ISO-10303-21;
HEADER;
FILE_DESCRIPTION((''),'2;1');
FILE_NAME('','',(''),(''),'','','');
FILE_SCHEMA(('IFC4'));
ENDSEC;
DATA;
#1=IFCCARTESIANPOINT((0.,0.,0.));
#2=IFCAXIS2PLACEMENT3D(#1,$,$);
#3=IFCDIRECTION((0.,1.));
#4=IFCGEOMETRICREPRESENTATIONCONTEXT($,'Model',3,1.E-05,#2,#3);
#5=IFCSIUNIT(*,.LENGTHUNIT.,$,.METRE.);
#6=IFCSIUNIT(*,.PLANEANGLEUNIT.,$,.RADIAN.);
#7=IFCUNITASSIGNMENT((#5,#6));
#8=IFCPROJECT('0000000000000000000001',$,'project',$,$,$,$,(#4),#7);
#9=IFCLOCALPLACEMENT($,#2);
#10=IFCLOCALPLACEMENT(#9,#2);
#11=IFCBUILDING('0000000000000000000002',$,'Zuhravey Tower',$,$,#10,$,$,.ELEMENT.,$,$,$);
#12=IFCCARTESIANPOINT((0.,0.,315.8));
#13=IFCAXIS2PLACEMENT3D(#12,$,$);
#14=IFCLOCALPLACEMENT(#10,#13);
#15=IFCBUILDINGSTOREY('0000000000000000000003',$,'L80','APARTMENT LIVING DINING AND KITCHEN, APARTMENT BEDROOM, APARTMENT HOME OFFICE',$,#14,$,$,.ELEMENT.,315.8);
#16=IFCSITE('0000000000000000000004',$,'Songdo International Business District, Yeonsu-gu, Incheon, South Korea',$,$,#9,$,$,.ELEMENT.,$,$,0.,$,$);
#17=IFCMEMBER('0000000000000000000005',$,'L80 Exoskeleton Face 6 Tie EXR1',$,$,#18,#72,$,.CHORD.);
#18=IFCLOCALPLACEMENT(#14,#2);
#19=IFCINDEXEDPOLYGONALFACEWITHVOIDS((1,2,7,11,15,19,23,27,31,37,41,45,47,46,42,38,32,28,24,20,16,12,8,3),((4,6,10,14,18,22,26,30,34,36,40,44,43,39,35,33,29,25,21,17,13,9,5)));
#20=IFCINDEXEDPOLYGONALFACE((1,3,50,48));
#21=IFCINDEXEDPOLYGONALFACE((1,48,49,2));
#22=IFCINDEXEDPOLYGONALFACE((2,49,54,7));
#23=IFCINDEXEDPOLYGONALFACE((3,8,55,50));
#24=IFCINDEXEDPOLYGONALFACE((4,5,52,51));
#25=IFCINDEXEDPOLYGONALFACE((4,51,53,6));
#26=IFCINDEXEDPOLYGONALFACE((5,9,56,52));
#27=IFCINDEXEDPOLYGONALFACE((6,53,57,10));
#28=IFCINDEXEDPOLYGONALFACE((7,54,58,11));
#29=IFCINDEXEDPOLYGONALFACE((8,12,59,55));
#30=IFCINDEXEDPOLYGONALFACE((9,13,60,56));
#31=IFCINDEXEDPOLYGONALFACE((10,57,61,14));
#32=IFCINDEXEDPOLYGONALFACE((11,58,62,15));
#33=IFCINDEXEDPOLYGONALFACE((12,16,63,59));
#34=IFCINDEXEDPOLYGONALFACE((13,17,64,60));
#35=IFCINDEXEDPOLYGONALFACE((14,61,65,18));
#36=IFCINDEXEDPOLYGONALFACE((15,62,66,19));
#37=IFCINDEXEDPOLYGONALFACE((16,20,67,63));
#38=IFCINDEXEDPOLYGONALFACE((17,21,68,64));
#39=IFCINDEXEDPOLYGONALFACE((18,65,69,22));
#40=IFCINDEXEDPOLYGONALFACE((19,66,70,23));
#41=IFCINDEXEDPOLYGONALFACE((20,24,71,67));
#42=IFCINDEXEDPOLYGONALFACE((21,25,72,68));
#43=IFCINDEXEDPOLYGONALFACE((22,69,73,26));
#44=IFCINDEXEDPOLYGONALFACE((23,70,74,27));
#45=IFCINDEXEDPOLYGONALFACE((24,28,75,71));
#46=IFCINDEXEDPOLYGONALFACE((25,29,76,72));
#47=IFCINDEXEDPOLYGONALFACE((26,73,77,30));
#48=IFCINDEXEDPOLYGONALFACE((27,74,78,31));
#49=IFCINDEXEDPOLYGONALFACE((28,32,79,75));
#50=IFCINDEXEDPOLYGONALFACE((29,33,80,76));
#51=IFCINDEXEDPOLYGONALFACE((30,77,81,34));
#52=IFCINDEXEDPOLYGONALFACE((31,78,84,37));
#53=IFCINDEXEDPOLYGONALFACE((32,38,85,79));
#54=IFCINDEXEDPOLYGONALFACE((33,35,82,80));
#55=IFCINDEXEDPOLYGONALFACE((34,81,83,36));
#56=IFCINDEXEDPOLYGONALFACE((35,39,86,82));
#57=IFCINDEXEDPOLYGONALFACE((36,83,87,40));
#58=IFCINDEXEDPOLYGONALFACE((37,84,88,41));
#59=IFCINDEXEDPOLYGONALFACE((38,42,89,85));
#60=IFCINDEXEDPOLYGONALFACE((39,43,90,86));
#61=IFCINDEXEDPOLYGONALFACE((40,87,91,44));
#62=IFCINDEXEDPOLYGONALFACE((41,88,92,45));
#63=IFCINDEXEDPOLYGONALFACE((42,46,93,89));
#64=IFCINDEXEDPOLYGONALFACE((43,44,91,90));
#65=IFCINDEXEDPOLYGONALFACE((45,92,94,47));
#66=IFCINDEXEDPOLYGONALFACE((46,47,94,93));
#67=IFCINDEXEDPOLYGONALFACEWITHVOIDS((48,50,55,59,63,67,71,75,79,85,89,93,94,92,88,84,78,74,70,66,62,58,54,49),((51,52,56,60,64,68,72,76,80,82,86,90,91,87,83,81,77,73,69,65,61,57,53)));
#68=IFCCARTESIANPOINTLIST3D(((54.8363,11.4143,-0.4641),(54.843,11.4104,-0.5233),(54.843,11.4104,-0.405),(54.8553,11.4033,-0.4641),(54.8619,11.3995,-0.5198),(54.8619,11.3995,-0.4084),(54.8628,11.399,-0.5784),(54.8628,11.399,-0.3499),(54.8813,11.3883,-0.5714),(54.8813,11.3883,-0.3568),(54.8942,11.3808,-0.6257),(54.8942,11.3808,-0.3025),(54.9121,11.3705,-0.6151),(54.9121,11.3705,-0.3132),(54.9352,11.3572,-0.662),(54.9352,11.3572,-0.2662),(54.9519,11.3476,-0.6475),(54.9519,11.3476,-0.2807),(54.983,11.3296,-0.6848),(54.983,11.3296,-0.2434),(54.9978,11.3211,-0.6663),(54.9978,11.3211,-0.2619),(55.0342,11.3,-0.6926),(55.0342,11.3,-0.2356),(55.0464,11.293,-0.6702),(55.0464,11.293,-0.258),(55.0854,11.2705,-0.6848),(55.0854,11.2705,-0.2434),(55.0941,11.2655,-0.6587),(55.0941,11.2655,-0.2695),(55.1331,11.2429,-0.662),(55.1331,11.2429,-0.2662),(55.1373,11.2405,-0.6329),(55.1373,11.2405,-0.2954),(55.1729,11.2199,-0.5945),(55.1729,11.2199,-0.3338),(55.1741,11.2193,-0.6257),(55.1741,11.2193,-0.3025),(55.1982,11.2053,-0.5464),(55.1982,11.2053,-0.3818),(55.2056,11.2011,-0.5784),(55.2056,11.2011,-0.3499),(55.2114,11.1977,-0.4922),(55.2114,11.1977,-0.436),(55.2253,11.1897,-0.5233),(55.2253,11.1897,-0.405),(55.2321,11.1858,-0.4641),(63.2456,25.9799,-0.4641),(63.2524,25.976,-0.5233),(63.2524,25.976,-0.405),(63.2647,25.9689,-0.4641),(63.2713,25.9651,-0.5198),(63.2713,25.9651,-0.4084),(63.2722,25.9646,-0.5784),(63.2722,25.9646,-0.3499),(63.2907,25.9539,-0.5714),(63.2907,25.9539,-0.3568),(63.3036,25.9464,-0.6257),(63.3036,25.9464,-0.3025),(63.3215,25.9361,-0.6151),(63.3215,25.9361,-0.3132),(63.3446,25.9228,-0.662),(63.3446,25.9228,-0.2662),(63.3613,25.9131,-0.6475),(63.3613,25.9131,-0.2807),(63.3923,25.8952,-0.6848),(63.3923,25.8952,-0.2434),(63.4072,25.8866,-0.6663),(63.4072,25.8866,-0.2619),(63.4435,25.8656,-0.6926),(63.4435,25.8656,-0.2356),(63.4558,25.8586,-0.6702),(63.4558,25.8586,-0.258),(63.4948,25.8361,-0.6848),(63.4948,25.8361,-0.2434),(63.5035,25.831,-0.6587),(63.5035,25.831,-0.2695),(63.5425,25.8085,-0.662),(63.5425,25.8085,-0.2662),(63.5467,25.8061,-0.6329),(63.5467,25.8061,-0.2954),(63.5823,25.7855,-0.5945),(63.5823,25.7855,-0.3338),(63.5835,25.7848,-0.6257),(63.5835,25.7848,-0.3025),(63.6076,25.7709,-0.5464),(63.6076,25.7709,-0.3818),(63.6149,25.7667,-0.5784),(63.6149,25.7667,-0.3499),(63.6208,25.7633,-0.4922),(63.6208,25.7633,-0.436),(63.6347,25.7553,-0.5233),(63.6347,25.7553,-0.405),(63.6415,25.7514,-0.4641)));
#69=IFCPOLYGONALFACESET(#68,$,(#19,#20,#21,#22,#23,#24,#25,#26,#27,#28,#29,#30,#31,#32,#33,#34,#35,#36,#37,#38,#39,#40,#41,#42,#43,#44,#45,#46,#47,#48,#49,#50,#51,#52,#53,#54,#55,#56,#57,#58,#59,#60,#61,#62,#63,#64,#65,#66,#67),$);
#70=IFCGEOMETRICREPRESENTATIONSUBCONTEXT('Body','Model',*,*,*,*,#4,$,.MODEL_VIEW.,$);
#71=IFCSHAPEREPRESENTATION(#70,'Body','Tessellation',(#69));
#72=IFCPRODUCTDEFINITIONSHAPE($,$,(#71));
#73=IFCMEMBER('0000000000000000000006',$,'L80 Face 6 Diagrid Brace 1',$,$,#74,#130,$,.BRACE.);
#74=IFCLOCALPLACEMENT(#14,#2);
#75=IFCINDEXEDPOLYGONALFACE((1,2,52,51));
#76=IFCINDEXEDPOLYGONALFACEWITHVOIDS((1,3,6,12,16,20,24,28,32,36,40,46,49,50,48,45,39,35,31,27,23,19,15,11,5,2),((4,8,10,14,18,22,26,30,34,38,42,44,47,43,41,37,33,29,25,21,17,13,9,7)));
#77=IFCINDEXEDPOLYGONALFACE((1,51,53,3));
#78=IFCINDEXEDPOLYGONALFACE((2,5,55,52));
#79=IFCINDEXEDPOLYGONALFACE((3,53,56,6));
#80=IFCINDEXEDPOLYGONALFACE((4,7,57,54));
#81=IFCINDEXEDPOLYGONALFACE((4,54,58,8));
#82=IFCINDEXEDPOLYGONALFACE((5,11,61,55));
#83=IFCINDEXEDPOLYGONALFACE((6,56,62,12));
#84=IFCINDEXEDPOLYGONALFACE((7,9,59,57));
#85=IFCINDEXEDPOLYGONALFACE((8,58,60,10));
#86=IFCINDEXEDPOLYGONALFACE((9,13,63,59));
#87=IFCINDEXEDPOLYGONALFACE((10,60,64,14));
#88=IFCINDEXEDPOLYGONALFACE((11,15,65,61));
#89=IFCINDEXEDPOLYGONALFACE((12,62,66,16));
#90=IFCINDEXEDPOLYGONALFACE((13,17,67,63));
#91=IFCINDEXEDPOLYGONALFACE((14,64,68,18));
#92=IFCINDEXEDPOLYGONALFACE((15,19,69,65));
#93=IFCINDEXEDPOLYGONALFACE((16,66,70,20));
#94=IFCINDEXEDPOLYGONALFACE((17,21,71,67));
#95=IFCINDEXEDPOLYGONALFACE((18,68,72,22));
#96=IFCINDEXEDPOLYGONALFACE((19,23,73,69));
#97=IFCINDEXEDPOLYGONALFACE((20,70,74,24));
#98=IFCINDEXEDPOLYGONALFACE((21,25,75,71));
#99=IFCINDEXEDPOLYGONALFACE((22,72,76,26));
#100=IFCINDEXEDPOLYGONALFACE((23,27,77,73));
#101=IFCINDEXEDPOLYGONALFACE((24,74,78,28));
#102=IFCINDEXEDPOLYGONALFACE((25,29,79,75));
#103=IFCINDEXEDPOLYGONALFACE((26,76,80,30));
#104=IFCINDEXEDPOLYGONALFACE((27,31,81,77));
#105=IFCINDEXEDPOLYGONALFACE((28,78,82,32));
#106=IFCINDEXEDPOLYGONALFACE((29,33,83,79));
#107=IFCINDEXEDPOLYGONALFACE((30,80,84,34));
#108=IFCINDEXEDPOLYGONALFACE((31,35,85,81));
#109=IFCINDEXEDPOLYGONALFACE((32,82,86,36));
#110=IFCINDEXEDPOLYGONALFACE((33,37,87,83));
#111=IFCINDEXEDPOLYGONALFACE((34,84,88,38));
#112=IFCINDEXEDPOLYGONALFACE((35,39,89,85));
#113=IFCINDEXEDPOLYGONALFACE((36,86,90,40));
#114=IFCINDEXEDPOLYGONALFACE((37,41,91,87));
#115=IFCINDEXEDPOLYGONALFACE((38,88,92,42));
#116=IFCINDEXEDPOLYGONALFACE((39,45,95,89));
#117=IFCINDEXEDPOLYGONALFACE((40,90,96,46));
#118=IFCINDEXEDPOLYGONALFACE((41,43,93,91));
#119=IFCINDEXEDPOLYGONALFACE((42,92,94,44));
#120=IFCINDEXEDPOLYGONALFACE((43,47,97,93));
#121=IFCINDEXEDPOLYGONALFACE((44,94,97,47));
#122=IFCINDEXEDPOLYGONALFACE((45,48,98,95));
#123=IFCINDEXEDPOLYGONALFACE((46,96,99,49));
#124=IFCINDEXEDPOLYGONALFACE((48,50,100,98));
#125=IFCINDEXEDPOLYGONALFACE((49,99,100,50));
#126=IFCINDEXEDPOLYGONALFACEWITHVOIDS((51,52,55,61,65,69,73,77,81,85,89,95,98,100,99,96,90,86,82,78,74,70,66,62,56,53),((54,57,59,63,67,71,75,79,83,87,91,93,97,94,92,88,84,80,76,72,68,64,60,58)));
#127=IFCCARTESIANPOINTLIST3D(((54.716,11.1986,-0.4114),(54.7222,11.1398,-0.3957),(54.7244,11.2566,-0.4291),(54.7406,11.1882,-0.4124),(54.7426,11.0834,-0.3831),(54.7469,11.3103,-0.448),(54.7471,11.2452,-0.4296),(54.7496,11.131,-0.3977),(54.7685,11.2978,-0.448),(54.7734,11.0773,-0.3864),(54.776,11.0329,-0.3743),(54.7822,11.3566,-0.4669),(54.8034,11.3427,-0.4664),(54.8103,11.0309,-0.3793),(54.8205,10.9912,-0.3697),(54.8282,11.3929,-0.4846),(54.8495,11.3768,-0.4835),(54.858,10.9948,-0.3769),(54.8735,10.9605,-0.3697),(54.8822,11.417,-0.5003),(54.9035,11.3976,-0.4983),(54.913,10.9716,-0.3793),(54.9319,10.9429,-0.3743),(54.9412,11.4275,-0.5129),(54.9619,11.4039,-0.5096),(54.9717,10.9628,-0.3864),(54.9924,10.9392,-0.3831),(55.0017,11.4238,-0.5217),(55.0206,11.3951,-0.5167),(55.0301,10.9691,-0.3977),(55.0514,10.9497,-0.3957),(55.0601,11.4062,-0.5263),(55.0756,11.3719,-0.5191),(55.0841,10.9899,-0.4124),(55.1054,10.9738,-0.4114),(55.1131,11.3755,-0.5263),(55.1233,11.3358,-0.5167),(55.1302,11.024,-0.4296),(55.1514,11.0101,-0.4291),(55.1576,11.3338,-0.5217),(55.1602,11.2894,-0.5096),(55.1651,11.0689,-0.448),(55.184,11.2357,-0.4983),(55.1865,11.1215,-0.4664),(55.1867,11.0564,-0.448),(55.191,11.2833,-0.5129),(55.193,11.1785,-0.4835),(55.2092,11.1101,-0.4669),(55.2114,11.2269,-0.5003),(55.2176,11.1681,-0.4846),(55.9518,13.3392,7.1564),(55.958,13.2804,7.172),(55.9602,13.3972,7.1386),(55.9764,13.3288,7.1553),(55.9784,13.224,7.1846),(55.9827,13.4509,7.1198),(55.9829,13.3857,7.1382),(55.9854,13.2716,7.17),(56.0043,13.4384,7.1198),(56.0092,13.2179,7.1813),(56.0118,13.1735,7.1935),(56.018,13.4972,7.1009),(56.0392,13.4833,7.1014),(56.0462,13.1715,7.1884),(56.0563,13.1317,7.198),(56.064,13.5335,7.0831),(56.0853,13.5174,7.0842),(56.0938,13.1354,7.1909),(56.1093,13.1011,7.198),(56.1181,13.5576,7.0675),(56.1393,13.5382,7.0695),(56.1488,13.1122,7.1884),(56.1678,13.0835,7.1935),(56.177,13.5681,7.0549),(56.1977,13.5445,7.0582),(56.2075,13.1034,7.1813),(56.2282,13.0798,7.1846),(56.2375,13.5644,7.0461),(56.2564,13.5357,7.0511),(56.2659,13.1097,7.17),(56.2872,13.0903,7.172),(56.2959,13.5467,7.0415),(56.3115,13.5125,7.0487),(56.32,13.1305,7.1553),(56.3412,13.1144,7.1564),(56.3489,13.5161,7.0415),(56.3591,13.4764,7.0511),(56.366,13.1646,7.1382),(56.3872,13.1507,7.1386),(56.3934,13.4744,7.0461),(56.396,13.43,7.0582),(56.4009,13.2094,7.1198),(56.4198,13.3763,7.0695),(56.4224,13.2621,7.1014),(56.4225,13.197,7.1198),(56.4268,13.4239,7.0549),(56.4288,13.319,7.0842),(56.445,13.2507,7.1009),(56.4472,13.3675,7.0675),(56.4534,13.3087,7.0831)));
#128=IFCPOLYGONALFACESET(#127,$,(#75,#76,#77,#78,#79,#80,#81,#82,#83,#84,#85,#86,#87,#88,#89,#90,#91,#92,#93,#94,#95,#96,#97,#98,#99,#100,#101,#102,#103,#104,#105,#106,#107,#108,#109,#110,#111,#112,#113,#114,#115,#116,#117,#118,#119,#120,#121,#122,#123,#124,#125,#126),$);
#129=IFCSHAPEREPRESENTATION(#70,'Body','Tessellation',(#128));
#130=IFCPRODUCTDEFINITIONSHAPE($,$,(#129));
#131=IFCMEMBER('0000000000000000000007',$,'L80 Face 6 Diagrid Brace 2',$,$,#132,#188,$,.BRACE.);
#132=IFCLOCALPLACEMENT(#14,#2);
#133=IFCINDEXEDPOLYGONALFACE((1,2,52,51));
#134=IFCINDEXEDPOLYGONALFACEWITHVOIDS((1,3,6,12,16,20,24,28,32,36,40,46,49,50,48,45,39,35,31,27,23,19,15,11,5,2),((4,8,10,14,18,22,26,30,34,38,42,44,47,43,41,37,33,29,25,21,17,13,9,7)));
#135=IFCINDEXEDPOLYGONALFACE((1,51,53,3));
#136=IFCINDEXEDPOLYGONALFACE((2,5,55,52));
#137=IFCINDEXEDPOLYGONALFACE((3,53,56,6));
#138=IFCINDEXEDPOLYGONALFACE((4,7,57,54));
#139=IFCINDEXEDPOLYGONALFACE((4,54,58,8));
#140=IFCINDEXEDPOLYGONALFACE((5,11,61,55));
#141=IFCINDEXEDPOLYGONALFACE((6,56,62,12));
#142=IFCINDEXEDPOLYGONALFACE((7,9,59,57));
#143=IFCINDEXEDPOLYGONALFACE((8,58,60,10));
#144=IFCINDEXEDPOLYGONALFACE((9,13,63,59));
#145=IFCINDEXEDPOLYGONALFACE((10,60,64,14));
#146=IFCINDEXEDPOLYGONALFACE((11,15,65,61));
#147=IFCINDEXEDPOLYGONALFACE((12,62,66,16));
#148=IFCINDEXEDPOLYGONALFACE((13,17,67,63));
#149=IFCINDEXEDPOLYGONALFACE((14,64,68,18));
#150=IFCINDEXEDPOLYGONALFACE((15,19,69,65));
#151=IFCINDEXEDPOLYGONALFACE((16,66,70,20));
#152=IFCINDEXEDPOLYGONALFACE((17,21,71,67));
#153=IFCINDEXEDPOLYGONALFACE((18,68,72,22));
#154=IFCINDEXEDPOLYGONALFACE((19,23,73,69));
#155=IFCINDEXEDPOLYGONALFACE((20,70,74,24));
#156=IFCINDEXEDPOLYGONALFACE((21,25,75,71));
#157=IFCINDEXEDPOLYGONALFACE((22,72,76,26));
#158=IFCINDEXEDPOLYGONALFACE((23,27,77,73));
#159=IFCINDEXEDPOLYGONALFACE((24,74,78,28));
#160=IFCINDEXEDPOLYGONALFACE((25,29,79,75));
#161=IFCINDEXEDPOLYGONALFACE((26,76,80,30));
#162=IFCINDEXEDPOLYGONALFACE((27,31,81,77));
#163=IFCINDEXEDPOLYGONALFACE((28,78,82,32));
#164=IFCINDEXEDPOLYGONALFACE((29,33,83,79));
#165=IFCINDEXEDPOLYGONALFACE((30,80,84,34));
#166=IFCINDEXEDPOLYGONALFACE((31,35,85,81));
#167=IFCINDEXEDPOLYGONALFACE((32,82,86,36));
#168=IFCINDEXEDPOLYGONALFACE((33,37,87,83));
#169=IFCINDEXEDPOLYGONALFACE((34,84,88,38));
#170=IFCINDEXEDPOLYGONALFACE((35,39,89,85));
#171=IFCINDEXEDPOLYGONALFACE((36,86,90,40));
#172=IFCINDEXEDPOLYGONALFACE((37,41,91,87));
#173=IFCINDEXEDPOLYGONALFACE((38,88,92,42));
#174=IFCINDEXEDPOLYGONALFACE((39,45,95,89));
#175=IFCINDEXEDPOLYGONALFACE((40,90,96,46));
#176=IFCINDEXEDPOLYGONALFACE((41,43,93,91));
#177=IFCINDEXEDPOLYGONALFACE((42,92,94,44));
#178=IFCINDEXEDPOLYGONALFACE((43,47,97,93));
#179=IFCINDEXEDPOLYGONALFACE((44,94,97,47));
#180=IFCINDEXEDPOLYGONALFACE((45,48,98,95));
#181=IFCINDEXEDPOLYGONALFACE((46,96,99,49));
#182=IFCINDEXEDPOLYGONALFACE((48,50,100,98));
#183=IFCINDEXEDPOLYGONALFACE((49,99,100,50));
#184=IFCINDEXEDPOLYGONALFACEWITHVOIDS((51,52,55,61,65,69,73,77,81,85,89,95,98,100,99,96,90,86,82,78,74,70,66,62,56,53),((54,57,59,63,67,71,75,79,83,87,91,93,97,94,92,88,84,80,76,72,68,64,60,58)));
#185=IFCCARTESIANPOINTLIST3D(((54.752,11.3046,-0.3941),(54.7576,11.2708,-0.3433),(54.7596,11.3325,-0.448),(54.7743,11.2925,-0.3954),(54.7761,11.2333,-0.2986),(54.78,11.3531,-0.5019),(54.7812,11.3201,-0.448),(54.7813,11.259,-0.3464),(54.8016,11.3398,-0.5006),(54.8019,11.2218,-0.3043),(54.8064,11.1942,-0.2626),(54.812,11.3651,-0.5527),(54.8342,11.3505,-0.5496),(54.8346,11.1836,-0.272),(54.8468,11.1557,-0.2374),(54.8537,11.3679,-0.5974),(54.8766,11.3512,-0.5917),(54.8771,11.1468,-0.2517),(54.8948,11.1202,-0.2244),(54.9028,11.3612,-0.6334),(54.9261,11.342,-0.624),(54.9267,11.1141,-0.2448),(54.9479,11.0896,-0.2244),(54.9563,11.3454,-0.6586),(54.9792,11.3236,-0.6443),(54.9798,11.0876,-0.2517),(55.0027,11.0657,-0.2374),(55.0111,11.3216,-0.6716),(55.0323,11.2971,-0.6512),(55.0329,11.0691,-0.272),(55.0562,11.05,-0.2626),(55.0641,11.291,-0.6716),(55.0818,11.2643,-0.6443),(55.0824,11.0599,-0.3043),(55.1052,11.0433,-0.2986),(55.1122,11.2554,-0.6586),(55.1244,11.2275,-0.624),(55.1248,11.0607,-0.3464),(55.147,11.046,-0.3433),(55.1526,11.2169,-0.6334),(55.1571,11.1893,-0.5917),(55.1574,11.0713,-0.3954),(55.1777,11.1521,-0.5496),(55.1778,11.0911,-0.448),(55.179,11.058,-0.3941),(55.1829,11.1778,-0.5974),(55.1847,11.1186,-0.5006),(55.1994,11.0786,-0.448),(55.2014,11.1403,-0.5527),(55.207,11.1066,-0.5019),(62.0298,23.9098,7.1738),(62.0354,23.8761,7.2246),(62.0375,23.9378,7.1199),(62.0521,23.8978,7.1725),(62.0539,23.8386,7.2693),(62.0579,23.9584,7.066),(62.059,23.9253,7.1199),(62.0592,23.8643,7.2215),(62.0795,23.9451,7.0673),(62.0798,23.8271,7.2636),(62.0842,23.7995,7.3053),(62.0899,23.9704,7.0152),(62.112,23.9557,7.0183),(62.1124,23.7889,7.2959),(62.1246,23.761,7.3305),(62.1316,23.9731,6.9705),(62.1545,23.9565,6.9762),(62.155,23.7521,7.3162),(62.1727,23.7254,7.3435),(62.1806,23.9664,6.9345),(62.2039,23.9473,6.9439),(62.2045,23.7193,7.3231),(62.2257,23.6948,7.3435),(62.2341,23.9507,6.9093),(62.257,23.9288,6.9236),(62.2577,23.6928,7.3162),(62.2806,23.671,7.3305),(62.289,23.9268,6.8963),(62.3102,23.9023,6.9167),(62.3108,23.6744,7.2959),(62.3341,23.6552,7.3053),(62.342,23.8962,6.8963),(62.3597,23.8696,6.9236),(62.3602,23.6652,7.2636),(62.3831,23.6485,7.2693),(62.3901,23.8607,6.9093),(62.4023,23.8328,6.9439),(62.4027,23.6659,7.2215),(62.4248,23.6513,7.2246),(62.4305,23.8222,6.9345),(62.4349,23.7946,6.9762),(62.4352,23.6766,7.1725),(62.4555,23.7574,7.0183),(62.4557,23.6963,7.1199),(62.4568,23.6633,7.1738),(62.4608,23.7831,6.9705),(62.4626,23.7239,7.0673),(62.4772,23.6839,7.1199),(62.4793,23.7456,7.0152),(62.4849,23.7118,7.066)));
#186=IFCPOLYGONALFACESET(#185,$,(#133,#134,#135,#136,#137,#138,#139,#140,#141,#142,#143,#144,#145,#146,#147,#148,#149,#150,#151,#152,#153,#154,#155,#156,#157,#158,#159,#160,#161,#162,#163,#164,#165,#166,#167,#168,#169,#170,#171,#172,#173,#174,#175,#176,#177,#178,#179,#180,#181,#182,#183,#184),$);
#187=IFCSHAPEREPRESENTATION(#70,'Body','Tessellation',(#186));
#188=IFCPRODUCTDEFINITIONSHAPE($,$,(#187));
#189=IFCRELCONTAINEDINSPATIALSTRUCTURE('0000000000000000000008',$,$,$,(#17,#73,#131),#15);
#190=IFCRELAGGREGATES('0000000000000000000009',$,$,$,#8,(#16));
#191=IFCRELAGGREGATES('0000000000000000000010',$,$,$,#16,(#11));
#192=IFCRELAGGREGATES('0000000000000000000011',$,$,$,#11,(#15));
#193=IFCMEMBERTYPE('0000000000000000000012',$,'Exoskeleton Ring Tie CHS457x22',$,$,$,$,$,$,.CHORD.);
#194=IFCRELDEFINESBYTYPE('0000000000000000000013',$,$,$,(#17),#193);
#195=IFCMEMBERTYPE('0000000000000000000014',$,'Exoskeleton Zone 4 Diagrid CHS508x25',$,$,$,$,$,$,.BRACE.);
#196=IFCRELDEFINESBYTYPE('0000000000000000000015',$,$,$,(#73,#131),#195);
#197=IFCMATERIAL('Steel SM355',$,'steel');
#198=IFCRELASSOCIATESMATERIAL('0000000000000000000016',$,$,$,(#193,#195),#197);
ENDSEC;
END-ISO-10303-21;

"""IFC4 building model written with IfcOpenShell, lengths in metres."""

from ifc_helpers import new_model, si_unit, direction, frame, origin, origin_2d, place, context, subcontext, project, spatial, hollow_circle, extrude, material, material_profile, profile_set, type_object, element, save


model = new_model("IFC4")

# Units and contexts
model_context = context("Model", 3, precision=1e-05, world=origin(), true_north=direction((0.0, 1.0)))
body_context = subcontext(model_context, "Body", "Model", "MODEL_VIEW")
ifc_project = project(units=[si_unit("LENGTHUNIT", "METRE"), si_unit("PLANEANGLEUNIT", "RADIAN")], contexts=[model_context])

# Site, building, storey
site_placement = place(None, origin())
site = spatial("IfcSite", under=ifc_project, at=site_placement, Name="Songdo International Business District, Yeonsu-gu, Incheon, South Korea", CompositionType="ELEMENT", RefElevation=0.0)
building_placement = place(site_placement, origin())
building = spatial("IfcBuilding", under=site, at=building_placement, Name="Zuhravey Tower", CompositionType="ELEMENT")
storey_placement = place(building_placement, frame((0.0, 0.0, 315.8)))
storey = spatial("IfcBuildingStorey", under=building, at=storey_placement, Name="L80", Description="APARTMENT LIVING DINING AND KITCHEN, APARTMENT BEDROOM, APARTMENT HOME OFFICE", CompositionType="ELEMENT", Elevation=315.8)

# Members
ifc_material_1 = material(Name="Steel SM355", Category="steel")
ifc_material_profile_1 = material_profile(ifc_material_1, hollow_circle(Radius=0.2285, WallThickness=0.022, at=origin_2d()), Name="CHS-457.2x22")
ifc_profile_set_1 = profile_set([ifc_material_profile_1], Name="Steel SM355")
member_type_1 = type_object("IfcMemberType", Name="Exoskeleton Ring Tie CHS457x22", PredefinedType="CHORD", material=ifc_profile_set_1)
member_1_placement = place(storey_placement, frame((55.0342, 11.3, -0.4641), z_axis=(0.499997, 0.866027, 0.0), x_axis=(-0.866027, 0.499997, 0.0)))
element("IfcMember", 1, at=member_1_placement, inside=storey, type_object=member_type_1, Name="L80 Exoskeleton Face 6 Tie EXR1", PredefinedType="CHORD", context=body_context, shape_type="SweptSolid", body=[
    extrude(hollow_circle(Radius=0.2285, WallThickness=0.022, at=origin_2d()), origin(), (0.0, 0.0, 1.0), 16.8188),
])
ifc_material_profile_2 = material_profile(ifc_material_1, hollow_circle(Radius=0.2539, WallThickness=0.0249, at=origin_2d()), Name="CHS-508.0x25")
ifc_profile_set_2 = profile_set([ifc_material_profile_2], Name="Steel SM355")
member_type_2 = type_object("IfcMemberType", Name="Exoskeleton Zone 4 Diagrid CHS508x25", PredefinedType="BRACE", material=ifc_profile_set_2)
member_2_placement = place(storey_placement, frame((54.9668, 11.1833, -0.448), z_axis=(0.155231, 0.268879, 0.950583), x_axis=(-0.866034, 0.499985, 0.0)))
element("IfcMember", 2, at=member_2_placement, inside=storey, type_object=member_type_2, Name="L80 Face 6 Diagrid Brace 1", PredefinedType="BRACE", context=body_context, shape_type="SweptSolid", body=[
    extrude(hollow_circle(Radius=0.2539, WallThickness=0.0249, at=origin_2d()), origin(), (0.0, 0.0, 1.0), 7.9612),
])
member_3_placement = place(storey_placement, frame((54.9795, 11.2056, -0.448), z_axis=(0.443629, 0.768367, 0.461309), x_axis=(-0.866019, 0.50001, 0.0)))
element("IfcMember", 3, at=member_3_placement, inside=storey, type_object=member_type_2, Name="L80 Face 6 Diagrid Brace 2", PredefinedType="BRACE", context=body_context, shape_type="SweptSolid", body=[
    extrude(hollow_circle(Radius=0.2539, WallThickness=0.0249, at=origin_2d()), origin(), (0.0, 0.0, 1.0), 16.4053),
])

save(model, "model.ifc")
